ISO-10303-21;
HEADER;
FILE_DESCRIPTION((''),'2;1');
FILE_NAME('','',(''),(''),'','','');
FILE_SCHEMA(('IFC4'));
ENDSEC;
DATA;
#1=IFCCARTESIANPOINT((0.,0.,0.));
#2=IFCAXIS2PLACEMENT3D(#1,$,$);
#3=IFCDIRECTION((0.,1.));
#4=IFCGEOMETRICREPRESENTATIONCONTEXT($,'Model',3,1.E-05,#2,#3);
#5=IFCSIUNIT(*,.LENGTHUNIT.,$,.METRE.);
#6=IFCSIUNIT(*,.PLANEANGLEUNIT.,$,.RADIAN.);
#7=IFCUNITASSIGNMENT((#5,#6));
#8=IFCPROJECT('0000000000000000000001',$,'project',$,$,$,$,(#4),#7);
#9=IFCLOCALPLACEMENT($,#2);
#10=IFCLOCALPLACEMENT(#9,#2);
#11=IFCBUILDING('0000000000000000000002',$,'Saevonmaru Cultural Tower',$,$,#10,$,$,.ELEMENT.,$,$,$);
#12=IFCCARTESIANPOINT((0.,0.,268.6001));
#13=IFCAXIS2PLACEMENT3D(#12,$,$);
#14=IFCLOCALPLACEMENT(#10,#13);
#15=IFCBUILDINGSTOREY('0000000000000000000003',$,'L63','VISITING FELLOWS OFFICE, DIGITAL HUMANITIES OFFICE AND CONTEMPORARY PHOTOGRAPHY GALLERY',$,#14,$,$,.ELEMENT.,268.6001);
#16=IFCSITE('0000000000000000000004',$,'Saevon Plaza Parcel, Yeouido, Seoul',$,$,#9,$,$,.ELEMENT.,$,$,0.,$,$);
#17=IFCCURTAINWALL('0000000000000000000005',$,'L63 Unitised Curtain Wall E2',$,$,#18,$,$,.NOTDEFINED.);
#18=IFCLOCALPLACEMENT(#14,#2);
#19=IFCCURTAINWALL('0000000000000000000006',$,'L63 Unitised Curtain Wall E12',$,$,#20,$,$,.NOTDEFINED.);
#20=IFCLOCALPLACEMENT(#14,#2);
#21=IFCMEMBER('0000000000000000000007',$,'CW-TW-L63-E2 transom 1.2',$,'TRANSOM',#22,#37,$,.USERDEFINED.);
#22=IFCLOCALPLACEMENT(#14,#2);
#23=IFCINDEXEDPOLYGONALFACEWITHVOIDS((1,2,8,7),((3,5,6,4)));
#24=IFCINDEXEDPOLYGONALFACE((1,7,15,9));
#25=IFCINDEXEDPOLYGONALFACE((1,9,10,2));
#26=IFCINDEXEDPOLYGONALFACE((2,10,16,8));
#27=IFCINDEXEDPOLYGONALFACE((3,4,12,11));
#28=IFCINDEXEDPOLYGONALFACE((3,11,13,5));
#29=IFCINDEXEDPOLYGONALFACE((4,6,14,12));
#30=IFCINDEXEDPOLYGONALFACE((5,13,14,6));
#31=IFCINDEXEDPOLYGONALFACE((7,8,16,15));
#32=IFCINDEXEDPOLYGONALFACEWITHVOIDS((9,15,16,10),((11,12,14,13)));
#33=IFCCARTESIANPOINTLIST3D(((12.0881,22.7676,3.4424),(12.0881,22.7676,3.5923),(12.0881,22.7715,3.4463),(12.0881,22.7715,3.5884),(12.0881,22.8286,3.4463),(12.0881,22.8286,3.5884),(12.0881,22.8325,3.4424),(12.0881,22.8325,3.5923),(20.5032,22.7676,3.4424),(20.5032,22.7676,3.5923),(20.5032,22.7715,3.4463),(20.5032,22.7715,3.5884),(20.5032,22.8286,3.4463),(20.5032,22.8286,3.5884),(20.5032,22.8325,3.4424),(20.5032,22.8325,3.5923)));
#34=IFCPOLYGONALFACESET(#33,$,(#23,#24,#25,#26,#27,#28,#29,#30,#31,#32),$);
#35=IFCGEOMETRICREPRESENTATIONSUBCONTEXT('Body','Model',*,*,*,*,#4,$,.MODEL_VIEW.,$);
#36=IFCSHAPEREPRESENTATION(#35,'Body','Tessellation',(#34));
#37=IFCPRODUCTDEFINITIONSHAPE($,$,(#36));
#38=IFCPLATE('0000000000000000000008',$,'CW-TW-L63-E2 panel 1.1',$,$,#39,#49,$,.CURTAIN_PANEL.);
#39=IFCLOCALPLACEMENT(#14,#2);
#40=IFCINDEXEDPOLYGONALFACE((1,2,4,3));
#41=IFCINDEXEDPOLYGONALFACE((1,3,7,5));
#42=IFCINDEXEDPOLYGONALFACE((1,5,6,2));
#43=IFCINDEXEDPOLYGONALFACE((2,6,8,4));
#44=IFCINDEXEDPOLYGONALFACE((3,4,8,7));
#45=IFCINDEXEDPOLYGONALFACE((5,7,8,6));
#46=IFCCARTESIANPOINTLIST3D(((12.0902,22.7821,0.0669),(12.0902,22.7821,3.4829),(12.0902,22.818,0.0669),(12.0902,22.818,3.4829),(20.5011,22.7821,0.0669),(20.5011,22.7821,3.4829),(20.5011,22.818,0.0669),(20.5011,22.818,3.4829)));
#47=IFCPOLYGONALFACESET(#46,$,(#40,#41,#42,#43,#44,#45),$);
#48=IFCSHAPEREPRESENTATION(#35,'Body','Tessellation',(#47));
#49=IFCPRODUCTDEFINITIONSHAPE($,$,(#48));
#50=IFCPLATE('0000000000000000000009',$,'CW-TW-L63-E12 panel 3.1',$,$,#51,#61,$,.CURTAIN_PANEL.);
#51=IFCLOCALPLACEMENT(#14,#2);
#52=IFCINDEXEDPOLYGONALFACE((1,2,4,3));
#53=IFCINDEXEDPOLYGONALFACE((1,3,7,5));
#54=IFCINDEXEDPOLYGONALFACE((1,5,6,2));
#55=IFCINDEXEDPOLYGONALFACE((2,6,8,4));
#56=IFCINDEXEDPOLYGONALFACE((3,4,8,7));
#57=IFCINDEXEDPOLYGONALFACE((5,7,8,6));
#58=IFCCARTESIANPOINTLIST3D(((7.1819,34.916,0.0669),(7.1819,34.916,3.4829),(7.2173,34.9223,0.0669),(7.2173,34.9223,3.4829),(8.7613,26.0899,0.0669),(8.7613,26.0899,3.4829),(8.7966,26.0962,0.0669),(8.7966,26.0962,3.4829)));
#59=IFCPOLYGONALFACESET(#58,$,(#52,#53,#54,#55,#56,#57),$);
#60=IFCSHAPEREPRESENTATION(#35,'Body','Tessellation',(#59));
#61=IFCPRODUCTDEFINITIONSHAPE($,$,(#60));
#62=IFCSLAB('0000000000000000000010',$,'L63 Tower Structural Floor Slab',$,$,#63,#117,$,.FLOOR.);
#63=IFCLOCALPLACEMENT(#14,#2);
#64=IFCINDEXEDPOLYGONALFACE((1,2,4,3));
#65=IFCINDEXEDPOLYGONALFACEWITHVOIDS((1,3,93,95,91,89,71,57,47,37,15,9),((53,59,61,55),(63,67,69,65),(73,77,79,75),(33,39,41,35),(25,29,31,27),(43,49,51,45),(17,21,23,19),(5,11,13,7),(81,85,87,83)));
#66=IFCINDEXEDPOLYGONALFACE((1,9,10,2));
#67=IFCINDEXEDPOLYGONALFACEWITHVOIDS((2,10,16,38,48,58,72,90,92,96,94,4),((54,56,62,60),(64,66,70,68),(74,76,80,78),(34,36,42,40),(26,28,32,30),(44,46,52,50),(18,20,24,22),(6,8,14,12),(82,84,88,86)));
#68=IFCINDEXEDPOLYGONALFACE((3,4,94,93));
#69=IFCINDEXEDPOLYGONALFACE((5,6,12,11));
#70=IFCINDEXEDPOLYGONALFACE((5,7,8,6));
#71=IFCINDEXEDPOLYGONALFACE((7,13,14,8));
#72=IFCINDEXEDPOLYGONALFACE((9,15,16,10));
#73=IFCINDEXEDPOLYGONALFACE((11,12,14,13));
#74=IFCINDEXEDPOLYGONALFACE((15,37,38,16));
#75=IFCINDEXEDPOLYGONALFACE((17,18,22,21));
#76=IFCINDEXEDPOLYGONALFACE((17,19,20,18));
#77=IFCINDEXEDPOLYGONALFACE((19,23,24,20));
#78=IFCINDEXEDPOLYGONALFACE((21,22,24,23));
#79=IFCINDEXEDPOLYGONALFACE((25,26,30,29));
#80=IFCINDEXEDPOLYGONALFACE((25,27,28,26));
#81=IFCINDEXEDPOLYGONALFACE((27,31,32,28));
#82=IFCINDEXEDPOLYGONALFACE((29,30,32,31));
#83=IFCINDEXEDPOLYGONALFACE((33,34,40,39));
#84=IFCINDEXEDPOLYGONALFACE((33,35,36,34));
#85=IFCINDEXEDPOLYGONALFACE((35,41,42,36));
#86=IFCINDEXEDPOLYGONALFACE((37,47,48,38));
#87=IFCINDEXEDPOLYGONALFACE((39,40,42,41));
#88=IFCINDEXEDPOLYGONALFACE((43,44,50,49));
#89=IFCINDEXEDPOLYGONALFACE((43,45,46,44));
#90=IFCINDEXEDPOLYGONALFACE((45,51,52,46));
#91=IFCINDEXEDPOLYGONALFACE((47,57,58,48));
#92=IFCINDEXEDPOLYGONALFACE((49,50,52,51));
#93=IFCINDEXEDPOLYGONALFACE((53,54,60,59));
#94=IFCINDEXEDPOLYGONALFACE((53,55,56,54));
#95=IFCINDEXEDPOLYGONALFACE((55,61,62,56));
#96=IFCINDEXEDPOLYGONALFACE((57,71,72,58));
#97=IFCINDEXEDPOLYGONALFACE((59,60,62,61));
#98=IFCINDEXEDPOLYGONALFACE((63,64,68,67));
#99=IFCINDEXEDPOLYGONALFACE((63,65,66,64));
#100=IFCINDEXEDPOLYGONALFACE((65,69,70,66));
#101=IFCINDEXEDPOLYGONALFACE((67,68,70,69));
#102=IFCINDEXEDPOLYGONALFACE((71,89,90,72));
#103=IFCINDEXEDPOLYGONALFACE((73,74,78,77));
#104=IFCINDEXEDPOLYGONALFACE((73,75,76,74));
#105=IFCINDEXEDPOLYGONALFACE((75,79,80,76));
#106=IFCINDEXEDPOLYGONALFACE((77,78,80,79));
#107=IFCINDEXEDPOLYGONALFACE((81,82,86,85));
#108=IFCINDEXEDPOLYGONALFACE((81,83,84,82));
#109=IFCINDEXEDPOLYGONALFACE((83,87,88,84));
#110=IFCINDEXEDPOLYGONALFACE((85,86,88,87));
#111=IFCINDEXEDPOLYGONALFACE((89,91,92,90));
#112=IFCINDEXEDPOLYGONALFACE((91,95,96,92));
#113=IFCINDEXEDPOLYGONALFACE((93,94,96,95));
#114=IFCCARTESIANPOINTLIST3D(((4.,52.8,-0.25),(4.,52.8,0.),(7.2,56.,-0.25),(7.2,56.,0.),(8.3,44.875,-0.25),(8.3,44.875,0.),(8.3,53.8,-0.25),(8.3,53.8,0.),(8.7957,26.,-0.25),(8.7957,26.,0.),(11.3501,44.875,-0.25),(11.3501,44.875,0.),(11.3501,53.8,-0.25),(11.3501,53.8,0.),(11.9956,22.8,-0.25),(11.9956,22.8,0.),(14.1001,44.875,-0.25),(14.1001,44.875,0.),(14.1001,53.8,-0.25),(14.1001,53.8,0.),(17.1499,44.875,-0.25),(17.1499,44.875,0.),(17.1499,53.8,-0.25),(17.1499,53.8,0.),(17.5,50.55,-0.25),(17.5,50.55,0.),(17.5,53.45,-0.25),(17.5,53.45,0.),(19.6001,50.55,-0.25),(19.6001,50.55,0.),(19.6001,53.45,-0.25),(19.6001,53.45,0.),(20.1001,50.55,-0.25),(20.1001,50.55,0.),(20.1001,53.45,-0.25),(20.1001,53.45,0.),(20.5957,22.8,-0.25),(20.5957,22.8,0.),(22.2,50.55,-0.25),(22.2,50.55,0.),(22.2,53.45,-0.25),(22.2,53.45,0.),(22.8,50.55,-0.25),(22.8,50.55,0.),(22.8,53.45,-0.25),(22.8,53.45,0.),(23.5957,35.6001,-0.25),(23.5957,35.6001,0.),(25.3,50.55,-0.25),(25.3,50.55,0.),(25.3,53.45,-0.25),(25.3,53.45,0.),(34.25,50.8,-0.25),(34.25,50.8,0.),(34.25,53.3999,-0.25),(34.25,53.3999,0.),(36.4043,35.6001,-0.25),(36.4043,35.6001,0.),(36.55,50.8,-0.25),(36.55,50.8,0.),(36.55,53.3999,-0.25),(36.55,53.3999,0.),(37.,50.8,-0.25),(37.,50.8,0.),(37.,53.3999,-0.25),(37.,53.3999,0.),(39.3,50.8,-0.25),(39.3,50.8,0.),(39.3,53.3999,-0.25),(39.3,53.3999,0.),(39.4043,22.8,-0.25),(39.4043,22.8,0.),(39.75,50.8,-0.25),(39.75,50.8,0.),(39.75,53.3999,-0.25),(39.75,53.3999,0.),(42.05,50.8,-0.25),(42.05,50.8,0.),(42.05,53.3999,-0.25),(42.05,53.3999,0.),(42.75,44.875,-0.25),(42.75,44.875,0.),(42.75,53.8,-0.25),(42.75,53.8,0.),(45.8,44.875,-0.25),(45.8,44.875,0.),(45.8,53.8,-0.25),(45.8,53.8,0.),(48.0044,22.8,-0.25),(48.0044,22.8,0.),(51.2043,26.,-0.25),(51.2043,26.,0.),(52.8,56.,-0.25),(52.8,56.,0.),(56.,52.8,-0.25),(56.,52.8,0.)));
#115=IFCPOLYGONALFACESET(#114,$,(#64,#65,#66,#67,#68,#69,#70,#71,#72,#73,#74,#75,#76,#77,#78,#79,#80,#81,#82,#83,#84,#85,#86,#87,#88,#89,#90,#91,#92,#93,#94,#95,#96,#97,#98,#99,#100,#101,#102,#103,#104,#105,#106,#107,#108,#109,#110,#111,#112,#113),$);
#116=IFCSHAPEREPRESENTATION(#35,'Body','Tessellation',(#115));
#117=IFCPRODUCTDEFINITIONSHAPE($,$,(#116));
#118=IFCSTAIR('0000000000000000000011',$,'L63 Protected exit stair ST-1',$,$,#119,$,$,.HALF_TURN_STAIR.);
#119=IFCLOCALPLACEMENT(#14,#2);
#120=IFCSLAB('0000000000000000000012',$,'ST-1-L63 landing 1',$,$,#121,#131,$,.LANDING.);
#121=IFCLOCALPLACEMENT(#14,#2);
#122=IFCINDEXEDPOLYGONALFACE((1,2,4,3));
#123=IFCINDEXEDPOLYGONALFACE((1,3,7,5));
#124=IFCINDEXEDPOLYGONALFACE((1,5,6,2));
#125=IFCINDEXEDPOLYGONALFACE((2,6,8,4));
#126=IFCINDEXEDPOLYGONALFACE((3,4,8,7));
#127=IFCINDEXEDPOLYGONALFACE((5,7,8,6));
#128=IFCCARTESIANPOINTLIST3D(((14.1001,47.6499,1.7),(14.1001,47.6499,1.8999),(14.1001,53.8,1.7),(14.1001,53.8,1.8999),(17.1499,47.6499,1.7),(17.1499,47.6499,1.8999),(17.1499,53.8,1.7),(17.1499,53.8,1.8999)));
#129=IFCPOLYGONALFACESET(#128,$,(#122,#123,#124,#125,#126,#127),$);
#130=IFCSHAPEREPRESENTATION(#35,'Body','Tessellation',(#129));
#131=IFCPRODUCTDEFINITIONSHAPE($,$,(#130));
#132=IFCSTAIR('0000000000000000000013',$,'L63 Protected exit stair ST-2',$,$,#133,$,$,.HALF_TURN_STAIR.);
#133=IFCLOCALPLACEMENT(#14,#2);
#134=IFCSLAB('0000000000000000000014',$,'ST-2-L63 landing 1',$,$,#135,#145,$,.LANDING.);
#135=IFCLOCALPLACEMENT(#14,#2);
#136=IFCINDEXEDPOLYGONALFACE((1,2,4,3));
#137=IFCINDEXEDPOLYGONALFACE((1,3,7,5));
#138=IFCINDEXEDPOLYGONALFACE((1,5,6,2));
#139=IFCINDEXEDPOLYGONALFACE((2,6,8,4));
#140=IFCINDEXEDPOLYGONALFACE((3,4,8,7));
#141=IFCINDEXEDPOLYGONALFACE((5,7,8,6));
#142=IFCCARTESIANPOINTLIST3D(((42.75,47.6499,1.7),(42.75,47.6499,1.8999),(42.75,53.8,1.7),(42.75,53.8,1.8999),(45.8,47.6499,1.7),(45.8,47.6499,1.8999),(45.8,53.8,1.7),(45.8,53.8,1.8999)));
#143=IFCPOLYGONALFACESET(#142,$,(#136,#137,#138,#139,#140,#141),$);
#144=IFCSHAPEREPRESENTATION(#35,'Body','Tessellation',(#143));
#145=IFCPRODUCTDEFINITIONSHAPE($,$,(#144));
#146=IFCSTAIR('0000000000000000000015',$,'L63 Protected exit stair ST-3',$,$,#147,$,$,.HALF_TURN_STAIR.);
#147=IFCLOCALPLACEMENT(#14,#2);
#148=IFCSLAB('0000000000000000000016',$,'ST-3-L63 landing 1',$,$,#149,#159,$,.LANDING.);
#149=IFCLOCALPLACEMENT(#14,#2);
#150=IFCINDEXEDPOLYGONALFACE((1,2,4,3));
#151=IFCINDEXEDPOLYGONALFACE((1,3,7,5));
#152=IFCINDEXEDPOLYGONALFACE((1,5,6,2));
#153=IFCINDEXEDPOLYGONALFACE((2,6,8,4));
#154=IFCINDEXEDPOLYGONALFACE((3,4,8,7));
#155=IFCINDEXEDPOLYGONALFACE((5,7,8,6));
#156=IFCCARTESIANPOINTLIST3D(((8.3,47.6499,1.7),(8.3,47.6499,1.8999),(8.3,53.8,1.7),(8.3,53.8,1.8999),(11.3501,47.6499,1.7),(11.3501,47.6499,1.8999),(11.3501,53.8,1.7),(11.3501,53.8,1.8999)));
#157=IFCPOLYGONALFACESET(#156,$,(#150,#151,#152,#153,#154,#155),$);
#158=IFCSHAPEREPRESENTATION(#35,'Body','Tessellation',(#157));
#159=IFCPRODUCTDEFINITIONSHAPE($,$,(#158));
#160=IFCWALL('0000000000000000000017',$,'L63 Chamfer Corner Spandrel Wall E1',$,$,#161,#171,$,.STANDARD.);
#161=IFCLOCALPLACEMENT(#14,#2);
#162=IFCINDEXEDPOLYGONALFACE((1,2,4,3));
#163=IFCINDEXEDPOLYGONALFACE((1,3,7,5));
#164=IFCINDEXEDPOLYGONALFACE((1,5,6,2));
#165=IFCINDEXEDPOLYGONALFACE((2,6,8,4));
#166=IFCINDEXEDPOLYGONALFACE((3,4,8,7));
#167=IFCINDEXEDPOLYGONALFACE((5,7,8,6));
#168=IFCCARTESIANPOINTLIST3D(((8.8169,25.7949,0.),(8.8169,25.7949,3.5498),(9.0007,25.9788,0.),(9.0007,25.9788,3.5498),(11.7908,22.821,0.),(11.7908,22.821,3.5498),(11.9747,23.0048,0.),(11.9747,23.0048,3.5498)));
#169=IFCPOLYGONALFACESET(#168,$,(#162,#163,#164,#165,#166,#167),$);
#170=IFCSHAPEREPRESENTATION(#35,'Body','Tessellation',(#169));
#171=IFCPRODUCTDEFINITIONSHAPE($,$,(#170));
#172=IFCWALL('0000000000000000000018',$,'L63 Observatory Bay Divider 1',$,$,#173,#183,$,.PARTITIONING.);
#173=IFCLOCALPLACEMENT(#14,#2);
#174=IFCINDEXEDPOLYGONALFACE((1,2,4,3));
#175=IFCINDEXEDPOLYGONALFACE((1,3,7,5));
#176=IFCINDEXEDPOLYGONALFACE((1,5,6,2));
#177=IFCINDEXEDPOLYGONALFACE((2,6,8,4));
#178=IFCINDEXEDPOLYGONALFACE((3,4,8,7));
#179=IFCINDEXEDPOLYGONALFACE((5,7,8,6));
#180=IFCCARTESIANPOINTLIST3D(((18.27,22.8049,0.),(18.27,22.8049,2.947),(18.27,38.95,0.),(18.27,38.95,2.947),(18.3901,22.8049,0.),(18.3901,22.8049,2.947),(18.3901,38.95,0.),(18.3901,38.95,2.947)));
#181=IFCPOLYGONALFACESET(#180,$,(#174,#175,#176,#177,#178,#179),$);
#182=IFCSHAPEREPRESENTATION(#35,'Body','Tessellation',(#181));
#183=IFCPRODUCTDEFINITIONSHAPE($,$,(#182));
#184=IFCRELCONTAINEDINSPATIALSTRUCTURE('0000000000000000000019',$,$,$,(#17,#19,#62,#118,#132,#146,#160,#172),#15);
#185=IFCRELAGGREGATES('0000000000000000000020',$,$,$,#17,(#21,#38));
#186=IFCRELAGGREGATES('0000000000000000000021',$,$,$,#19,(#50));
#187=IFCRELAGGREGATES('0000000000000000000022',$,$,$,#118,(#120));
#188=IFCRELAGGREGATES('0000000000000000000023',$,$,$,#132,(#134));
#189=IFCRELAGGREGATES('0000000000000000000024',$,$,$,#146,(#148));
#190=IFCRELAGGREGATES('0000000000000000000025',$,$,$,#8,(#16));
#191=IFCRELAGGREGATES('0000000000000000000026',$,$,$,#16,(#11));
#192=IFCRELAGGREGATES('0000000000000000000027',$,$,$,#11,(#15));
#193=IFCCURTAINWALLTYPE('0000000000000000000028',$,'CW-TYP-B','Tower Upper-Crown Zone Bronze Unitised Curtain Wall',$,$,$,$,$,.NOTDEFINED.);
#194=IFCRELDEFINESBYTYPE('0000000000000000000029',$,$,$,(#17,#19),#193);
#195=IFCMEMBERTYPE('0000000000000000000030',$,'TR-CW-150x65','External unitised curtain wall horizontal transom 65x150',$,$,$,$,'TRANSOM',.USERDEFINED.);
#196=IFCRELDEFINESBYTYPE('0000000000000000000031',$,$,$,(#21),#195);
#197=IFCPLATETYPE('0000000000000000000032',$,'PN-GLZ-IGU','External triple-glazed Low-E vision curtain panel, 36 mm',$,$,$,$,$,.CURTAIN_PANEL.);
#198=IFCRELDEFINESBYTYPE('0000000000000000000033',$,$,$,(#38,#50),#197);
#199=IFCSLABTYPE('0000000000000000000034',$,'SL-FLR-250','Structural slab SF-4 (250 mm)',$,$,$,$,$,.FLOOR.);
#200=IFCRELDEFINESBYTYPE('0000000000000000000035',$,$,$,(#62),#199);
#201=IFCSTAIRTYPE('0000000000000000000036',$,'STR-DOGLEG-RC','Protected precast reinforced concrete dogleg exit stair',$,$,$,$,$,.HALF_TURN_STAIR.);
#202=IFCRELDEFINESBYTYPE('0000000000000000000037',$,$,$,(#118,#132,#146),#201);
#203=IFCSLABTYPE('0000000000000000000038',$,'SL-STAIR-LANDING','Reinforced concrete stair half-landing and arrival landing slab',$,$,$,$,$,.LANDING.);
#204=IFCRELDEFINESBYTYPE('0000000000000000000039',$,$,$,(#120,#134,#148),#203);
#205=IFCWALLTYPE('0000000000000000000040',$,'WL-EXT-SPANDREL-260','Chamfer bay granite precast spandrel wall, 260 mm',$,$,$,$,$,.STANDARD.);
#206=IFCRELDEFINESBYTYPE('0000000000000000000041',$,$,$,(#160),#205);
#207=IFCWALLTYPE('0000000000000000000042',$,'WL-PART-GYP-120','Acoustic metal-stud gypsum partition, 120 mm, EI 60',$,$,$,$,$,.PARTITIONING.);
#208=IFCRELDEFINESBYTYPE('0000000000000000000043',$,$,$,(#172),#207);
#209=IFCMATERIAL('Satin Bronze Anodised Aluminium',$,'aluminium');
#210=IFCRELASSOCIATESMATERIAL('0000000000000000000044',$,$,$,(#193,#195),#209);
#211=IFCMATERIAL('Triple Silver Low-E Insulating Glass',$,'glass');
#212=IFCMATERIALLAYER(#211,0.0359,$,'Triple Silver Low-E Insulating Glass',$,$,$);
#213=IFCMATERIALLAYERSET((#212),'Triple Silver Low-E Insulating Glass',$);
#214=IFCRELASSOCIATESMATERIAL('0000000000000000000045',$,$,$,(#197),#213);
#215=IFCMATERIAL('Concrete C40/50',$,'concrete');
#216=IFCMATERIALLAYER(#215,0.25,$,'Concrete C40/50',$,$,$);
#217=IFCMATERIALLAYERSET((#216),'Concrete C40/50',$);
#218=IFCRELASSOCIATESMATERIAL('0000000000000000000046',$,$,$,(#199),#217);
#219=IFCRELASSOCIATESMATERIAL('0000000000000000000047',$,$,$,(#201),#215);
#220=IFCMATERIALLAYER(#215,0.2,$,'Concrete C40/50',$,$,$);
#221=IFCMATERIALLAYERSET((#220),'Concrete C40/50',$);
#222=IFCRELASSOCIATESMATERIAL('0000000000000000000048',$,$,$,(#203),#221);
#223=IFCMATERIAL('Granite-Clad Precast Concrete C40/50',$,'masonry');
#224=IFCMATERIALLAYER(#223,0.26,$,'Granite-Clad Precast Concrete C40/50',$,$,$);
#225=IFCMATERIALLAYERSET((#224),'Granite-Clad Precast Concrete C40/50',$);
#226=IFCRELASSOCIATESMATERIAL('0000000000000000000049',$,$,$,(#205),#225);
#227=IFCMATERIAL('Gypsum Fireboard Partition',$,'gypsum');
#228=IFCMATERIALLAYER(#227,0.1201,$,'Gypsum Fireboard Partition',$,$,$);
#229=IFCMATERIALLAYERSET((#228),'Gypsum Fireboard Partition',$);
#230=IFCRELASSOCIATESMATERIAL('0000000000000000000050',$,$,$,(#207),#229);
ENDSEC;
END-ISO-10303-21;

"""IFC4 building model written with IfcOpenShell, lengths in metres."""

from ifc_helpers import new_model, si_unit, direction, frame, frame_2d, origin, origin_2d, place, context, subcontext, project, spatial, polyline, rectangle, hollow_rectangle, outline, extrude, material, layer, layer_set, material_profile, profile_set, type_object, element, aggregate, save


model = new_model("IFC4")

# Units and contexts
model_context = context("Model", 3, precision=1e-05, world=origin(), true_north=direction((0.0, 1.0)))
body_context = subcontext(model_context, "Body", "Model", "MODEL_VIEW")
ifc_project = project(units=[si_unit("LENGTHUNIT", "METRE"), si_unit("PLANEANGLEUNIT", "RADIAN")], contexts=[model_context])

# Site, building, storey
site_placement = place(None, origin())
site = spatial("IfcSite", under=ifc_project, at=site_placement, Name="Saevon Plaza Parcel, Yeouido, Seoul", CompositionType="ELEMENT", RefElevation=0.0)
building_placement = place(site_placement, origin())
building = spatial("IfcBuilding", under=site, at=building_placement, Name="Saevonmaru Cultural Tower", CompositionType="ELEMENT")
storey_placement = place(building_placement, frame((0.0, 0.0, 268.6001)))
storey = spatial("IfcBuildingStorey", under=building, at=storey_placement, Name="L63", Description="VISITING FELLOWS OFFICE, DIGITAL HUMANITIES OFFICE AND CONTEMPORARY PHOTOGRAPHY GALLERY", CompositionType="ELEMENT", Elevation=268.6001)

# Curtain wall
ifc_material_1 = material(Name="Satin Bronze Anodised Aluminium", Category="aluminium")
curtain_wall_type = type_object("IfcCurtainWallType", Name="CW-TYP-B", Description="Tower Upper-Crown Zone Bronze Unitised Curtain Wall", PredefinedType="NOTDEFINED", material=ifc_material_1)
curtain_wall_1_placement = place(storey_placement, origin())
curtain_wall_1 = element("IfcCurtainWall", 1, at=curtain_wall_1_placement, inside=storey, type_object=curtain_wall_type, Name="L63 Unitised Curtain Wall E2", PredefinedType="NOTDEFINED")

# Curtain wall
curtain_wall_2_placement = place(storey_placement, origin())
curtain_wall_2 = element("IfcCurtainWall", 2, at=curtain_wall_2_placement, inside=storey, type_object=curtain_wall_type, Name="L63 Unitised Curtain Wall E12", PredefinedType="NOTDEFINED")

# Member
ifc_material_profile_1 = material_profile(ifc_material_1, hollow_rectangle(XDim=0.0649, YDim=0.1499, WallThickness=0.0039, at=origin_2d()), Name="ALU-TRAN-150x65x4")
ifc_profile_set_1 = profile_set([ifc_material_profile_1], Name="Satin Bronze Anodised Aluminium")
member_type_1 = type_object("IfcMemberType", Name="TR-CW-150x65", Description="External unitised curtain wall horizontal transom 65x150", ElementType="TRANSOM", PredefinedType="USERDEFINED", material=ifc_profile_set_1)
member_1_placement = place(storey_placement, frame((12.0881, 22.8, 3.5173), z_axis=(1.0, 0.0, 0.0), x_axis=(0.0, 1.0, 0.0)))
member_1 = element("IfcMember", 3, at=member_1_placement, type_object=member_type_1, Name="CW-TW-L63-E2 transom 1.2", ObjectType="TRANSOM", PredefinedType="USERDEFINED", context=body_context, shape_type="SweptSolid", body=[
    extrude(hollow_rectangle(XDim=0.0649, YDim=0.1499, WallThickness=0.0039, at=origin_2d()), origin(), (0.0, 0.0, 1.0), 8.415),
])

# Plates
ifc_material_2 = material(Name="Triple Silver Low-E Insulating Glass", Category="glass")
ifc_layer_1 = layer(ifc_material_2, 0.0359, Name="Triple Silver Low-E Insulating Glass")
ifc_layer_set_1 = layer_set([ifc_layer_1], Name="Triple Silver Low-E Insulating Glass")
plate_type = type_object("IfcPlateType", Name="PN-GLZ-IGU", Description="External triple-glazed Low-E vision curtain panel, 36 mm", PredefinedType="CURTAIN_PANEL", material=ifc_layer_set_1)
plate_1_placement = place(storey_placement, frame((16.2957, 22.8, 0.0669), z_axis=(0.0, 0.0, 1.0), x_axis=(1.0, 0.0, 0.0)))
plate_1 = element("IfcPlate", 4, at=plate_1_placement, type_object=plate_type, Name="CW-TW-L63-E2 panel 1.1", PredefinedType="CURTAIN_PANEL", context=body_context, shape_type="SweptSolid", body=[
    extrude(rectangle(XDim=8.4109, YDim=0.0359, at=origin_2d()), origin(), (0.0, 0.0, 1.0), 3.416),
])
aggregate(curtain_wall_1, [member_1, plate_1])
plate_2_placement = place(storey_placement, frame((7.9893, 30.5061, 0.0669), z_axis=(0.0, 0.0, 1.0), x_axis=(0.176141, -0.984365, 0.0)))
plate_2 = element("IfcPlate", 5, at=plate_2_placement, type_object=plate_type, Name="CW-TW-L63-E12 panel 3.1", PredefinedType="CURTAIN_PANEL", context=body_context, shape_type="SweptSolid", body=[
    extrude(rectangle(XDim=8.9663, YDim=0.0359, at=origin_2d()), origin(), (0.0, 0.0, 1.0), 3.416),
])
aggregate(curtain_wall_2, [plate_2])

# Slab
ifc_material_3 = material(Name="Concrete C40/50", Category="concrete")
ifc_layer_2 = layer(ifc_material_3, 0.25, Name="Concrete C40/50")
ifc_layer_set_2 = layer_set([ifc_layer_2], Name="Concrete C40/50")
slab_type_1 = type_object("IfcSlabType", Name="SL-FLR-250", Description="Structural slab SF-4 (250 mm)", PredefinedType="FLOOR", material=ifc_layer_set_2)
slab_1_placement = place(storey_placement, frame((0.0, 0.0, -0.25)))
element("IfcSlab", 6, at=slab_1_placement, inside=storey, type_object=slab_type_1, Name="L63 Tower Structural Floor Slab", PredefinedType="FLOOR", context=body_context, shape_type="SweptSolid", body=[
    extrude(outline(polyline([(8.7957, 26.0), (11.9956, 22.8), (20.5957, 22.8), (23.5957, 35.6001), (36.4043, 35.6001), (39.4043, 22.8), (48.0044, 22.8), (51.2043, 26.0), (56.0, 52.8), (52.8, 56.0), (7.2, 56.0), (4.0, 52.8), (8.7957, 26.0)]), holes=[polyline([(45.8, 53.8), (45.8, 44.875), (42.75, 44.875), (42.75, 53.8), (45.8, 53.8)]), polyline([(39.75, 50.8), (39.75, 53.3999), (42.05, 53.3999), (42.05, 50.8), (39.75, 50.8)]), polyline([(37.0, 50.8), (37.0, 53.3999), (39.3, 53.3999), (39.3, 50.8), (37.0, 50.8)]), polyline([(36.55, 50.8), (34.25, 50.8), (34.25, 53.3999), (36.55, 53.3999), (36.55, 50.8)]), polyline([(25.3, 50.55), (22.8, 50.55), (22.8, 53.45), (25.3, 53.45), (25.3, 50.55)]), polyline([(22.2, 50.55), (20.1001, 50.55), (20.1001, 53.45), (22.2, 53.45), (22.2, 50.55)]), polyline([(19.6001, 50.55), (17.5, 50.55), (17.5, 53.45), (19.6001, 53.45), (19.6001, 50.55)]), polyline([(17.1499, 53.8), (17.1499, 44.875), (14.1001, 44.875), (14.1001, 53.8), (17.1499, 53.8)]), polyline([(11.3501, 53.8), (11.3501, 44.875), (8.3, 44.875), (8.3, 53.8), (11.3501, 53.8)])]), origin(), (0.0, 0.0, 1.0), 0.25),
])

# Stairs, slabs
stair_type = type_object("IfcStairType", Name="STR-DOGLEG-RC", Description="Protected precast reinforced concrete dogleg exit stair", PredefinedType="HALF_TURN_STAIR", material=ifc_material_3)
stair_1_placement = place(storey_placement, origin())
stair_1 = element("IfcStair", 7, at=stair_1_placement, inside=storey, type_object=stair_type, Name="L63 Protected exit stair ST-1", PredefinedType="HALF_TURN_STAIR")
ifc_layer_3 = layer(ifc_material_3, 0.2, Name="Concrete C40/50")
ifc_layer_set_3 = layer_set([ifc_layer_3], Name="Concrete C40/50")
slab_type_2 = type_object("IfcSlabType", Name="SL-STAIR-LANDING", Description="Reinforced concrete stair half-landing and arrival landing slab", PredefinedType="LANDING", material=ifc_layer_set_3)
slab_2_placement = place(storey_placement, frame((0.0, 0.0, 1.7)))
slab_2 = element("IfcSlab", 8, at=slab_2_placement, type_object=slab_type_2, Name="ST-1-L63 landing 1", PredefinedType="LANDING", context=body_context, shape_type="SweptSolid", body=[
    extrude(outline(polyline([(17.1499, 47.6499), (17.1499, 53.8), (14.1001, 53.8), (14.1001, 47.6499), (17.1499, 47.6499)])), origin(), (0.0, 0.0, 1.0), 0.2),
])
aggregate(stair_1, [slab_2])
stair_2_placement = place(storey_placement, origin())
stair_2 = element("IfcStair", 9, at=stair_2_placement, inside=storey, type_object=stair_type, Name="L63 Protected exit stair ST-2", PredefinedType="HALF_TURN_STAIR")
slab_3_placement = place(storey_placement, frame((0.0, 0.0, 1.7)))
slab_3 = element("IfcSlab", 10, at=slab_3_placement, type_object=slab_type_2, Name="ST-2-L63 landing 1", PredefinedType="LANDING", context=body_context, shape_type="SweptSolid", body=[
    extrude(outline(polyline([(45.8, 47.6499), (45.8, 53.8), (42.75, 53.8), (42.75, 47.6499), (45.8, 47.6499)])), origin(), (0.0, 0.0, 1.0), 0.2),
])
aggregate(stair_2, [slab_3])
stair_3_placement = place(storey_placement, origin())
stair_3 = element("IfcStair", 11, at=stair_3_placement, inside=storey, type_object=stair_type, Name="L63 Protected exit stair ST-3", PredefinedType="HALF_TURN_STAIR")
slab_4_placement = place(storey_placement, frame((0.0, 0.0, 1.7)))
slab_4 = element("IfcSlab", 12, at=slab_4_placement, type_object=slab_type_2, Name="ST-3-L63 landing 1", PredefinedType="LANDING", context=body_context, shape_type="SweptSolid", body=[
    extrude(outline(polyline([(11.3501, 47.6499), (11.3501, 53.8), (8.3, 53.8), (8.3, 47.6499), (11.3501, 47.6499)])), origin(), (0.0, 0.0, 1.0), 0.2),
])
aggregate(stair_3, [slab_4])

# Walls
ifc_material_4 = material(Name="Granite-Clad Precast Concrete C40/50", Category="masonry")
ifc_layer_4 = layer(ifc_material_4, 0.26, Name="Granite-Clad Precast Concrete C40/50")
ifc_layer_set_4 = layer_set([ifc_layer_4], Name="Granite-Clad Precast Concrete C40/50")
wall_type_1 = type_object("IfcWallType", Name="WL-EXT-SPANDREL-260", Description="Chamfer bay granite precast spandrel wall, 260 mm", PredefinedType="STANDARD", material=ifc_layer_set_4)
wall_1_placement = place(storey_placement, frame((8.9087, 25.887, 0.0), z_axis=(0.0, 0.0, 1.0), x_axis=(0.707107, -0.707107, 0.0)))
element("IfcWall", 13, at=wall_1_placement, inside=storey, type_object=wall_type_1, Name="L63 Chamfer Corner Spandrel Wall E1", PredefinedType="STANDARD", context=body_context, shape_type="SweptSolid", body=[
    extrude(rectangle(XDim=4.2058, YDim=0.26, at=frame_2d((2.103, 0.0))), origin(), (0.0, 0.0, 1.0), 3.5498),
])
ifc_material_5 = material(Name="Gypsum Fireboard Partition", Category="gypsum")
ifc_layer_5 = layer(ifc_material_5, 0.1201, Name="Gypsum Fireboard Partition")
ifc_layer_set_5 = layer_set([ifc_layer_5], Name="Gypsum Fireboard Partition")
wall_type_2 = type_object("IfcWallType", Name="WL-PART-GYP-120", Description="Acoustic metal-stud gypsum partition, 120 mm, EI 60", PredefinedType="PARTITIONING", material=ifc_layer_set_5)
wall_2_placement = place(storey_placement, frame((18.3301, 22.8049, 0.0), z_axis=(0.0, 0.0, 1.0), x_axis=(0.0, 1.0, 0.0)))
element("IfcWall", 14, at=wall_2_placement, inside=storey, type_object=wall_type_2, Name="L63 Observatory Bay Divider 1", PredefinedType="PARTITIONING", context=body_context, shape_type="SweptSolid", body=[
    extrude(rectangle(XDim=16.145, YDim=0.1201, at=frame_2d((8.0725, 0.0))), origin(), (0.0, 0.0, 1.0), 2.947),
])

save(model, "model.ifc")
